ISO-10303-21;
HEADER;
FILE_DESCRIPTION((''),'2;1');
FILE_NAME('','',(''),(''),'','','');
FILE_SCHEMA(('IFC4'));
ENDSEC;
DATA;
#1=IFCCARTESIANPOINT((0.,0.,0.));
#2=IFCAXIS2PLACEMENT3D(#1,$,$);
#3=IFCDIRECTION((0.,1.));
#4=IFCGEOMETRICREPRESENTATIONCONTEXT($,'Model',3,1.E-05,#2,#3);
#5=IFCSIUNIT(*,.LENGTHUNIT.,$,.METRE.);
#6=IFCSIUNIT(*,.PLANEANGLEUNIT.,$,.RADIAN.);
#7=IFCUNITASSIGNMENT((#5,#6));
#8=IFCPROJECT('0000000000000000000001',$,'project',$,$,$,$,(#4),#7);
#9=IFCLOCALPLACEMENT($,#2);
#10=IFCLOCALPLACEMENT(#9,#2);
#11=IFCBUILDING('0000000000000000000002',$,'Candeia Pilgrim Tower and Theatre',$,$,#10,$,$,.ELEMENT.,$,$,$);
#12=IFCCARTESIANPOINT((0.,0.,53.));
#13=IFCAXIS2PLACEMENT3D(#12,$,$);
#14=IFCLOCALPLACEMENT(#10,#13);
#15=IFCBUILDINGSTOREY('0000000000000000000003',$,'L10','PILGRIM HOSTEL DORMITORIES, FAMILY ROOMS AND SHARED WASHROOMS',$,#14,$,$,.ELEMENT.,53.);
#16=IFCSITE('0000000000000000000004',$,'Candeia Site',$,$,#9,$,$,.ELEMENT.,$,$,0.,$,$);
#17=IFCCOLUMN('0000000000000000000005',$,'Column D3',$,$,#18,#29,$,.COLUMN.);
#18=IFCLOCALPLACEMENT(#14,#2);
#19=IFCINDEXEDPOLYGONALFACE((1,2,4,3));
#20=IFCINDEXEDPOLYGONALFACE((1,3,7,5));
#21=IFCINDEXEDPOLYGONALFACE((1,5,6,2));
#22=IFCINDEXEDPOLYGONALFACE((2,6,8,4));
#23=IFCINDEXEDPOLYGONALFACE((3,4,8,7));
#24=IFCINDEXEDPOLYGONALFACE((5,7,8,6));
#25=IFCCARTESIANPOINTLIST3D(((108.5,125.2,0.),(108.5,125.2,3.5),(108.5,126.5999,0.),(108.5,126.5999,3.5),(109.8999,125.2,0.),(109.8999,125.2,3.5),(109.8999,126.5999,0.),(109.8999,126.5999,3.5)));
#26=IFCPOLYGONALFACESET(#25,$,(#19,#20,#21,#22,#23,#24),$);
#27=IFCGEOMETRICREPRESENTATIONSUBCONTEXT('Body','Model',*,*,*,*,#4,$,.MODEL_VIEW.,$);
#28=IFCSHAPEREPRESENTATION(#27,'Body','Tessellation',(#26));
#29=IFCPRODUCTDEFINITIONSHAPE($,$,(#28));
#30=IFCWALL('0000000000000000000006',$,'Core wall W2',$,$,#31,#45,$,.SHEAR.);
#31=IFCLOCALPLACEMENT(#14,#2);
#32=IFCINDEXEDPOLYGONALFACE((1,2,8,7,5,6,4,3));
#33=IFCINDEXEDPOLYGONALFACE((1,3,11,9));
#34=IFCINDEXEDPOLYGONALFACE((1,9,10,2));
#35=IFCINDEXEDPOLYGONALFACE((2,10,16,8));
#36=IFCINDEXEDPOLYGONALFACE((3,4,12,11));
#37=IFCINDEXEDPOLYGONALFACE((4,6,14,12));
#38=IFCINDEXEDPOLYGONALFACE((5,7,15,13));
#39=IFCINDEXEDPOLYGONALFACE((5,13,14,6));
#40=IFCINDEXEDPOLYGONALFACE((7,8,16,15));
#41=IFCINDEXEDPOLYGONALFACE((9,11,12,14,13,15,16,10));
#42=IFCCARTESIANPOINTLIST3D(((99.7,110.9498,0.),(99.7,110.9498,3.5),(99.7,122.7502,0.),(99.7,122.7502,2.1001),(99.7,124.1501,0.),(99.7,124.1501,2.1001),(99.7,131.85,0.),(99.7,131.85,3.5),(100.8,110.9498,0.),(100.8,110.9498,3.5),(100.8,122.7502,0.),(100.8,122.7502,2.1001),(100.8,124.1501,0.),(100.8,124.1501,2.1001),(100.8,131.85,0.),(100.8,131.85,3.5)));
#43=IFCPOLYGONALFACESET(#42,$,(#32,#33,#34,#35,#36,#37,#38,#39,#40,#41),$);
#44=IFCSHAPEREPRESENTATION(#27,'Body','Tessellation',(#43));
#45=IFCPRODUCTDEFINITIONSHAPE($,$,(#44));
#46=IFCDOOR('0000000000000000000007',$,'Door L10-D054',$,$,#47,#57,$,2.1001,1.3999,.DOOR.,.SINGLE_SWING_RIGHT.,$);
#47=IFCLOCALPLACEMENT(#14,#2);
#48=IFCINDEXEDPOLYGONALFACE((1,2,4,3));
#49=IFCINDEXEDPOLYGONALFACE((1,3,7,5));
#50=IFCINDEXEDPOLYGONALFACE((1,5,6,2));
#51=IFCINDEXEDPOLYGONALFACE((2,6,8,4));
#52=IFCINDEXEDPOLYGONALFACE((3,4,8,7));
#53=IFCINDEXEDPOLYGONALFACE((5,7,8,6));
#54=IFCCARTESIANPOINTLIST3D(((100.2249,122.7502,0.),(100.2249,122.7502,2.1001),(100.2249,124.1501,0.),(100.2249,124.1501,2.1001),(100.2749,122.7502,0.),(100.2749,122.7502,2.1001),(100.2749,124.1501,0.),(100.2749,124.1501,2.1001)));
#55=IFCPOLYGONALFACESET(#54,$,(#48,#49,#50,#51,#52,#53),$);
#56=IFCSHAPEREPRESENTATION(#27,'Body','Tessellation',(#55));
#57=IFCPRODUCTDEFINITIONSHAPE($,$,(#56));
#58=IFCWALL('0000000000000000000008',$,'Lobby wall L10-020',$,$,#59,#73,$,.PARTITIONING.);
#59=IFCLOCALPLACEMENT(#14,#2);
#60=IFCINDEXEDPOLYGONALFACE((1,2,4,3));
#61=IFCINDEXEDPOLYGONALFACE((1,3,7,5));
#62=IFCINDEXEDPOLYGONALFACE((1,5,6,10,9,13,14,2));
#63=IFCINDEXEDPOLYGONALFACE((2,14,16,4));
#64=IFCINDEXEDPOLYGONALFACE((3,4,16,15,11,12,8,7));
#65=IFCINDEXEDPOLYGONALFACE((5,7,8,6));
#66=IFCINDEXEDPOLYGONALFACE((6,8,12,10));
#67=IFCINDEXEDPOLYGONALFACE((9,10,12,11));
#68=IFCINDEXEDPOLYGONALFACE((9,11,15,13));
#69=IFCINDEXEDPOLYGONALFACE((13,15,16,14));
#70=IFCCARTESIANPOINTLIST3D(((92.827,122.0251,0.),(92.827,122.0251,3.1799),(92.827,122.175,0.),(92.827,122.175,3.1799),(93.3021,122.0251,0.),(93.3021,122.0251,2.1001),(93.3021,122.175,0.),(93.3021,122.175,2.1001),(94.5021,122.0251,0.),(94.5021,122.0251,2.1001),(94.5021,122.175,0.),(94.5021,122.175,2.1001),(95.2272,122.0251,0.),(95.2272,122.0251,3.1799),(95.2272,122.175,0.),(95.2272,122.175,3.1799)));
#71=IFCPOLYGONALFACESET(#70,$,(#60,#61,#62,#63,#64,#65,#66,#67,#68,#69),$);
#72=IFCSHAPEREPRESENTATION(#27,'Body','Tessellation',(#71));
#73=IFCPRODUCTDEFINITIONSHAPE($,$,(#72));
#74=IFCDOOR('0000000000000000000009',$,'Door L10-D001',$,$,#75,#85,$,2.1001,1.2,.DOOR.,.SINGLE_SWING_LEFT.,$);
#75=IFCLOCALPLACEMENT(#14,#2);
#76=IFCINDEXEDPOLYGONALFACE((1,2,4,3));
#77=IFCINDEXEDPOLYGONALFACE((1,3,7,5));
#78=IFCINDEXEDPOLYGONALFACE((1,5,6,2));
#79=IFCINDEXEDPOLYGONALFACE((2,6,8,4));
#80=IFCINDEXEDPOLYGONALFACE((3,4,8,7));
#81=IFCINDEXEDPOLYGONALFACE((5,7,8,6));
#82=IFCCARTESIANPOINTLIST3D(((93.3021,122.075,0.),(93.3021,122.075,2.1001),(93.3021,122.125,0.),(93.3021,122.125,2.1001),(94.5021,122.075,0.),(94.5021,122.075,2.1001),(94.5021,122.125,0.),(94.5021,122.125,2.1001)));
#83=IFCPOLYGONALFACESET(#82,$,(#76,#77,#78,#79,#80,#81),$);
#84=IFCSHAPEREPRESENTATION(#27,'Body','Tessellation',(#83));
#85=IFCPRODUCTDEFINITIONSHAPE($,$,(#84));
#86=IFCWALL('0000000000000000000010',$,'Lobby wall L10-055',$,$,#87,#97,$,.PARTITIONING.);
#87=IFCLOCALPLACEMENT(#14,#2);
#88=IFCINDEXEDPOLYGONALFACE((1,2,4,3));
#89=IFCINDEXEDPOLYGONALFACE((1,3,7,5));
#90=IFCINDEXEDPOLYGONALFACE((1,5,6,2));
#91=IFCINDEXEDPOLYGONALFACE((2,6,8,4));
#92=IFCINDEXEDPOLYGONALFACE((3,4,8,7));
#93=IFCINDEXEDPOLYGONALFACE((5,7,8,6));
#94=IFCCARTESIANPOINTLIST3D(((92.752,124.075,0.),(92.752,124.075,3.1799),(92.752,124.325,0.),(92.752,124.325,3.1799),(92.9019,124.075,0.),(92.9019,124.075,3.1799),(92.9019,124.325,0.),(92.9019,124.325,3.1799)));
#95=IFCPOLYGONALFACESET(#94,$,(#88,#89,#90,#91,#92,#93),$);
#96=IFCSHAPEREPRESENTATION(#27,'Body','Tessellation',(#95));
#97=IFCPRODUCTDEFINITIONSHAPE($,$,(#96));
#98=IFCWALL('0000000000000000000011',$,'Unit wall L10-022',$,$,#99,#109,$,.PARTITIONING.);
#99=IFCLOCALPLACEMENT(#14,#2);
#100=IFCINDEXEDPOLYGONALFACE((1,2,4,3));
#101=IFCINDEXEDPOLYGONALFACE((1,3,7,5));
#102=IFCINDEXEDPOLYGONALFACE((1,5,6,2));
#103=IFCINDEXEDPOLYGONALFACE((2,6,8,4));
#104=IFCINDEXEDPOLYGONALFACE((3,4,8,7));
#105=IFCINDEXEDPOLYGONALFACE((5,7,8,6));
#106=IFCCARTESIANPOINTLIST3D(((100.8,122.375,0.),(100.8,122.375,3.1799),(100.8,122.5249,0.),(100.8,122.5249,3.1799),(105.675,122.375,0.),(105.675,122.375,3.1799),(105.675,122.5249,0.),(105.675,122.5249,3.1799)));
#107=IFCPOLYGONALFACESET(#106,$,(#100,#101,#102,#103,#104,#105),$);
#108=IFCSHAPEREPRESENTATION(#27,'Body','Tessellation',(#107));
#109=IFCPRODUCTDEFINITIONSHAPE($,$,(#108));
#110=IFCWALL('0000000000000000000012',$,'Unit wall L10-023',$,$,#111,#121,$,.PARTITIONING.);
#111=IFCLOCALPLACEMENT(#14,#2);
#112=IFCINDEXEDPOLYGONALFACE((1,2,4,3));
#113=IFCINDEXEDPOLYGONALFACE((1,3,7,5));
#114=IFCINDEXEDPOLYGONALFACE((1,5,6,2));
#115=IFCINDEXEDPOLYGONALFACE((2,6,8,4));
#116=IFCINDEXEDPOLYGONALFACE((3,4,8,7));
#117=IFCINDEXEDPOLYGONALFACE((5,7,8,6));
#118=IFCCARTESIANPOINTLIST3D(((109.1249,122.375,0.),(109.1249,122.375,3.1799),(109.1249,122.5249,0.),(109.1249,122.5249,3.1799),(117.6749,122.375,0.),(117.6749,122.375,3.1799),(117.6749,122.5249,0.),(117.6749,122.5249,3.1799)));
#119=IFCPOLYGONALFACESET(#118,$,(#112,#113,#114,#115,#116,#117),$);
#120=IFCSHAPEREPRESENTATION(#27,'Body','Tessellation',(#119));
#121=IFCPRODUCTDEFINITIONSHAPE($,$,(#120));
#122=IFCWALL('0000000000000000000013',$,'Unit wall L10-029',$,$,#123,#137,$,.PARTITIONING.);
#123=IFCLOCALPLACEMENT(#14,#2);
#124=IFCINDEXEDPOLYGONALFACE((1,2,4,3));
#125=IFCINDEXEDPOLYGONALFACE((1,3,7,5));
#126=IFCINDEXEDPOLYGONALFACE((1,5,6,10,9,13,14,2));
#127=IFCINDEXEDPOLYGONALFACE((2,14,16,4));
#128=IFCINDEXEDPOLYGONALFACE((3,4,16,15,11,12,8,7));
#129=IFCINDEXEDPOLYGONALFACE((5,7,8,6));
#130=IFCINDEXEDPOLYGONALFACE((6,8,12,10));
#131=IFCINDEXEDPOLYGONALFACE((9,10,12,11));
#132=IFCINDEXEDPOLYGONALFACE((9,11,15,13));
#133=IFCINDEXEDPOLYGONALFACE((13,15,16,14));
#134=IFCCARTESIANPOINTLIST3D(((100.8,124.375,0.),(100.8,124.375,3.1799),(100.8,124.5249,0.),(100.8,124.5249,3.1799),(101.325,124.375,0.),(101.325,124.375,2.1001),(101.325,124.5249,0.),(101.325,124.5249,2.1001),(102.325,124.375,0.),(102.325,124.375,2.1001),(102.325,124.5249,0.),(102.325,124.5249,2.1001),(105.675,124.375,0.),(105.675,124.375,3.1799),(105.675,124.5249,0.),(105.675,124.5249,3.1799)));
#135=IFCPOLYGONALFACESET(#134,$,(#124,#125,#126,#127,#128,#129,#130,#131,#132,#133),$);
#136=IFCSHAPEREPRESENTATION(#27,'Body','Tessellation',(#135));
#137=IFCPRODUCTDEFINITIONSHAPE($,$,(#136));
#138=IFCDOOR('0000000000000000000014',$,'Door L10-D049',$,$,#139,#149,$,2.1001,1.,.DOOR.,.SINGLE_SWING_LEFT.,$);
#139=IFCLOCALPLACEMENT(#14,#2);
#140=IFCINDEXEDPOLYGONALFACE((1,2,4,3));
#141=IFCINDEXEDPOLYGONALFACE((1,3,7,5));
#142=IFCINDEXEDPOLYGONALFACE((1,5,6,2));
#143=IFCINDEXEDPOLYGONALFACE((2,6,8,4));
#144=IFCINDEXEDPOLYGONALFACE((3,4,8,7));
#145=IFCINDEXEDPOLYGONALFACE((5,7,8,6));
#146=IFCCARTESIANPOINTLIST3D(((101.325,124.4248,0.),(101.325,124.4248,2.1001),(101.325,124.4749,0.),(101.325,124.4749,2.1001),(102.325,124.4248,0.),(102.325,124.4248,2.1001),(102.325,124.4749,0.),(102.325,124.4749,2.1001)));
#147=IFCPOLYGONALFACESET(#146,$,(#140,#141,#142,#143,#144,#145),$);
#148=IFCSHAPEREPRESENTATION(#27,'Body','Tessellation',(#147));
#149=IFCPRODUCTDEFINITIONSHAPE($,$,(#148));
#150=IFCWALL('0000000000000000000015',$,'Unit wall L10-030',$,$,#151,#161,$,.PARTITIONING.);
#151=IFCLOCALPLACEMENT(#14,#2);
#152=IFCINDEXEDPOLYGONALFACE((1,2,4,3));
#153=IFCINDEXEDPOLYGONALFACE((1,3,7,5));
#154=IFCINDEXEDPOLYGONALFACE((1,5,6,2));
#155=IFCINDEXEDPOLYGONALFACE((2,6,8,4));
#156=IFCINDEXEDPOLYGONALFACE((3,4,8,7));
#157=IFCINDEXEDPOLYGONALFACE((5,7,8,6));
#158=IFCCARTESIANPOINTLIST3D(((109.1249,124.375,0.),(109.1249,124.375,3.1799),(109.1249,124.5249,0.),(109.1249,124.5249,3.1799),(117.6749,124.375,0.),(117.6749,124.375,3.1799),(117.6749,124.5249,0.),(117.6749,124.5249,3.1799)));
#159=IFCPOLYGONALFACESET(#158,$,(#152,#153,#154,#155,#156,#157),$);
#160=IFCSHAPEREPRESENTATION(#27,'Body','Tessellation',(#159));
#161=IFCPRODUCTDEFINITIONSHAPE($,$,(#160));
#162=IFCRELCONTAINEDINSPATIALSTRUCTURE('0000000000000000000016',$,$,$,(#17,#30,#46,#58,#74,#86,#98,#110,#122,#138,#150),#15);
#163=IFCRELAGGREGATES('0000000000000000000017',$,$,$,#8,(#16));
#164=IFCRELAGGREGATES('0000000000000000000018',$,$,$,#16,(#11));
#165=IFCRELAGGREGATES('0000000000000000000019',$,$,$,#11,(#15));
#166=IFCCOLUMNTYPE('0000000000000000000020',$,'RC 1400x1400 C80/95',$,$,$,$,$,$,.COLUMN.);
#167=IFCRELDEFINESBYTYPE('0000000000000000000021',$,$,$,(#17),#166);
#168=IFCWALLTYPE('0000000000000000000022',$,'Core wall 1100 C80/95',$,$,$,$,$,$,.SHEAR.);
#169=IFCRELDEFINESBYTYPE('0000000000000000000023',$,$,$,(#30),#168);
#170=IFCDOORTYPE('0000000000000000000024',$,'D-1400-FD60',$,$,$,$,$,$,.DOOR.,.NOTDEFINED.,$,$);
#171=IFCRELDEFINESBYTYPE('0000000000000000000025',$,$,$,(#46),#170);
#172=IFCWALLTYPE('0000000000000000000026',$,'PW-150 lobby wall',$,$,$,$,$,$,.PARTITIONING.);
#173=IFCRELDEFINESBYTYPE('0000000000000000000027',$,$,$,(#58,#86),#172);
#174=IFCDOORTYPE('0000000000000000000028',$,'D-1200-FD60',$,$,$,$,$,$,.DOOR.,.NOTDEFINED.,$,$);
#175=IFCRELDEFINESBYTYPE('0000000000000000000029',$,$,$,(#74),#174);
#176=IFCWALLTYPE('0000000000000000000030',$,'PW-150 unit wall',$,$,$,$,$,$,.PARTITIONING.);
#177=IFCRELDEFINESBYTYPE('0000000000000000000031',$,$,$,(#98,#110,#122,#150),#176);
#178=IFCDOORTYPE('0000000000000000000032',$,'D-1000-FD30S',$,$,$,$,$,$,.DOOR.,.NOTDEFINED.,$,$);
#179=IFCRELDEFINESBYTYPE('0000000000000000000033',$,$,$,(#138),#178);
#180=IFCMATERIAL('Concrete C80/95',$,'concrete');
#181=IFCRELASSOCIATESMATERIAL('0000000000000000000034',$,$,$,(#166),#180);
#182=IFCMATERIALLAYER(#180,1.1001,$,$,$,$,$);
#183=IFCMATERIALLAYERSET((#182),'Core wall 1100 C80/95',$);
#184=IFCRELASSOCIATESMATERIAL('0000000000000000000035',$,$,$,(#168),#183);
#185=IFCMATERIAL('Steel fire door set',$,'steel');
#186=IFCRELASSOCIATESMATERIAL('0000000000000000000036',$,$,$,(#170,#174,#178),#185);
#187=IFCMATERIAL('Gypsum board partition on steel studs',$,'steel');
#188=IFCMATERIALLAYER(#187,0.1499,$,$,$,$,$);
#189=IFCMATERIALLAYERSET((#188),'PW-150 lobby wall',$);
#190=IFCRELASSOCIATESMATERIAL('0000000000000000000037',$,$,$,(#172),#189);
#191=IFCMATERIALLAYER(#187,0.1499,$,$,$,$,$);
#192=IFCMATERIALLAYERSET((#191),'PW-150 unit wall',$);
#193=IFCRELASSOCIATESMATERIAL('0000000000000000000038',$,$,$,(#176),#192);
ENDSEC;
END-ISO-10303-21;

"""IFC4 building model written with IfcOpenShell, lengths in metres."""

from ifc_helpers import new_model, si_unit, direction, frame, frame_2d, origin, origin_2d, place, context, subcontext, project, spatial, rectangle, extrude, material, layer, layer_set, material_profile, profile_set, type_object, element, fill, save


model = new_model("IFC4")

# Units and contexts
model_context = context("Model", 3, precision=1e-05, world=origin(), true_north=direction((0.0, 1.0)))
body_context = subcontext(model_context, "Body", "Model", "MODEL_VIEW")
ifc_project = project(units=[si_unit("LENGTHUNIT", "METRE"), si_unit("PLANEANGLEUNIT", "RADIAN")], contexts=[model_context])

# Site, building, storey
site_placement = place(None, origin())
site = spatial("IfcSite", under=ifc_project, at=site_placement, Name="Candeia Site", CompositionType="ELEMENT", RefElevation=0.0)
building_placement = place(site_placement, origin())
building = spatial("IfcBuilding", under=site, at=building_placement, Name="Candeia Pilgrim Tower and Theatre", CompositionType="ELEMENT")
storey_placement = place(building_placement, frame((0.0, 0.0, 53.0)))
storey = spatial("IfcBuildingStorey", under=building, at=storey_placement, Name="L10", Description="PILGRIM HOSTEL DORMITORIES, FAMILY ROOMS AND SHARED WASHROOMS", CompositionType="ELEMENT", Elevation=53.0)

# Column
ifc_material_1 = material(Name="Concrete C80/95", Category="concrete")
ifc_material_profile = material_profile(ifc_material_1, rectangle(XDim=1.3999, YDim=1.3999, at=origin_2d()))
ifc_profile_set = profile_set([ifc_material_profile], Name="Concrete C80/95")
column_type = type_object("IfcColumnType", Name="RC 1400x1400 C80/95", PredefinedType="COLUMN", material=ifc_profile_set)
column_placement = place(storey_placement, frame((109.2, 125.8999, 0.0), z_axis=(0.0, 0.0, 1.0), x_axis=(1.0, 0.0, 0.0)))
element("IfcColumn", 1, at=column_placement, inside=storey, type_object=column_type, Name="Column D3", PredefinedType="COLUMN", context=body_context, shape_type="SweptSolid", body=[
    extrude(rectangle(XDim=1.3999, YDim=1.3999, at=origin_2d()), origin(), (0.0, 0.0, 1.0), 3.5),
])

# Walls, openings, doors
ifc_layer_1 = layer(ifc_material_1, 1.1001)
ifc_layer_set_1 = layer_set([ifc_layer_1], Name="Core wall 1100 C80/95")
wall_type_1 = type_object("IfcWallType", Name="Core wall 1100 C80/95", PredefinedType="SHEAR", material=ifc_layer_set_1)
wall_1_placement = place(storey_placement, frame((100.25, 131.8501, 0.0), z_axis=(0.0, 0.0, 1.0), x_axis=(0.0, -1.0, 0.0)))
wall_1 = element("IfcWall", 2, at=wall_1_placement, inside=storey, type_object=wall_type_1, Name="Core wall W2", PredefinedType="SHEAR", context=body_context, shape_type="SweptSolid", body=[
    extrude(rectangle(XDim=20.9001, YDim=1.1001, at=frame_2d((10.4502, 0.0))), origin(), (0.0, 0.0, 1.0), 3.5),
])
opening_1_placement = place(wall_1_placement, frame((7.7, 0.0, 0.0)))
opening_1 = element("IfcOpeningElement", 3, at=opening_1_placement, cuts=wall_1, PredefinedType="OPENING", context=body_context, shape_type="SweptSolid", body=[
    extrude(rectangle(XDim=1.3999, YDim=2.1001, at=frame_2d((0.7, 1.05))), frame((0.0, 0.5601, 0.0), z_axis=(0.0, -1.0, 0.0), x_axis=(1.0, 0.0, 0.0)), (0.0, 0.0, 1.0), 1.1201),
])
ifc_material_2 = material(Name="Steel fire door set", Category="steel")
door_type_1 = type_object("IfcDoorType", Name="D-1400-FD60", OperationType="NOTDEFINED", PredefinedType="DOOR", material=ifc_material_2)
door_1_placement = place(opening_1_placement, origin())
door_1 = element("IfcDoor", 4, at=door_1_placement, inside=storey, type_object=door_type_1, Name="Door L10-D054", OperationType="SINGLE_SWING_RIGHT", OverallHeight=2.1001, OverallWidth=1.3999, PredefinedType="DOOR", context=body_context, shape_type="SweptSolid", body=[
    extrude(rectangle(XDim=1.3999, YDim=2.1001, at=frame_2d((0.7, 1.05))), frame((0.0, 0.0249, 0.0), z_axis=(0.0, -1.0, 0.0), x_axis=(1.0, 0.0, 0.0)), (0.0, 0.0, 1.0), 0.05),
])
fill(opening_1, door_1)
ifc_material_3 = material(Name="Gypsum board partition on steel studs", Category="steel")
ifc_layer_2 = layer(ifc_material_3, 0.1499)
ifc_layer_set_2 = layer_set([ifc_layer_2], Name="PW-150 lobby wall")
wall_type_2 = type_object("IfcWallType", Name="PW-150 lobby wall", PredefinedType="PARTITIONING", material=ifc_layer_set_2)
wall_2_placement = place(storey_placement, frame((92.8269, 122.1001, 0.0), z_axis=(0.0, 0.0, 1.0), x_axis=(1.0, 0.0, 0.0)))
wall_2 = element("IfcWall", 5, at=wall_2_placement, inside=storey, type_object=wall_type_2, Name="Lobby wall L10-020", PredefinedType="PARTITIONING", context=body_context, shape_type="SweptSolid", body=[
    extrude(rectangle(XDim=2.4001, YDim=0.1499, at=frame_2d((1.2002, 0.0))), origin(), (0.0, 0.0, 1.0), 3.1799),
])
opening_2_placement = place(wall_2_placement, frame((0.4751, 0.0, 0.0)))
opening_2 = element("IfcOpeningElement", 6, at=opening_2_placement, cuts=wall_2, PredefinedType="OPENING", context=body_context, shape_type="SweptSolid", body=[
    extrude(rectangle(XDim=1.2, YDim=2.1001, at=frame_2d((0.6001, 1.05))), frame((0.0, 0.085, 0.0), z_axis=(0.0, -1.0, 0.0), x_axis=(1.0, 0.0, 0.0)), (0.0, 0.0, 1.0), 0.1699),
])
door_type_2 = type_object("IfcDoorType", Name="D-1200-FD60", OperationType="NOTDEFINED", PredefinedType="DOOR", material=ifc_material_2)
door_2_placement = place(opening_2_placement, origin())
door_2 = element("IfcDoor", 7, at=door_2_placement, inside=storey, type_object=door_type_2, Name="Door L10-D001", OperationType="SINGLE_SWING_LEFT", OverallHeight=2.1001, OverallWidth=1.2, PredefinedType="DOOR", context=body_context, shape_type="SweptSolid", body=[
    extrude(rectangle(XDim=1.2, YDim=2.1001, at=frame_2d((0.6001, 1.05))), frame((0.0, 0.0249, 0.0), z_axis=(0.0, -1.0, 0.0), x_axis=(1.0, 0.0, 0.0)), (0.0, 0.0, 1.0), 0.05),
])
fill(opening_2, door_2)

# Walls
wall_3_placement = place(storey_placement, frame((92.8269, 124.075, 0.0), z_axis=(0.0, 0.0, 1.0), x_axis=(0.0, 1.0, 0.0)))
element("IfcWall", 8, at=wall_3_placement, inside=storey, type_object=wall_type_2, Name="Lobby wall L10-055", PredefinedType="PARTITIONING", context=body_context, shape_type="SweptSolid", body=[
    extrude(rectangle(XDim=0.25, YDim=0.1499, at=frame_2d((0.125, 0.0))), origin(), (0.0, 0.0, 1.0), 3.1799),
])
ifc_layer_3 = layer(ifc_material_3, 0.1499)
ifc_layer_set_3 = layer_set([ifc_layer_3], Name="PW-150 unit wall")
wall_type_3 = type_object("IfcWallType", Name="PW-150 unit wall", PredefinedType="PARTITIONING", material=ifc_layer_set_3)
wall_4_placement = place(storey_placement, frame((100.8, 122.45, 0.0), z_axis=(0.0, 0.0, 1.0), x_axis=(1.0, 0.0, 0.0)))
element("IfcWall", 9, at=wall_4_placement, inside=storey, type_object=wall_type_3, Name="Unit wall L10-022", PredefinedType="PARTITIONING", context=body_context, shape_type="SweptSolid", body=[
    extrude(rectangle(XDim=4.875, YDim=0.1499, at=frame_2d((2.4375, 0.0))), origin(), (0.0, 0.0, 1.0), 3.1799),
])
wall_5_placement = place(storey_placement, frame((109.125, 122.45, 0.0), z_axis=(0.0, 0.0, 1.0), x_axis=(1.0, 0.0, 0.0)))
element("IfcWall", 10, at=wall_5_placement, inside=storey, type_object=wall_type_3, Name="Unit wall L10-023", PredefinedType="PARTITIONING", context=body_context, shape_type="SweptSolid", body=[
    extrude(rectangle(XDim=8.55, YDim=0.1499, at=frame_2d((4.2749, 0.0))), origin(), (0.0, 0.0, 1.0), 3.1799),
])

# Wall, opening, door
wall_6_placement = place(storey_placement, frame((100.8, 124.45, 0.0), z_axis=(0.0, 0.0, 1.0), x_axis=(1.0, 0.0, 0.0)))
wall_6 = element("IfcWall", 11, at=wall_6_placement, inside=storey, type_object=wall_type_3, Name="Unit wall L10-029", PredefinedType="PARTITIONING", context=body_context, shape_type="SweptSolid", body=[
    extrude(rectangle(XDim=4.875, YDim=0.1499, at=frame_2d((2.4375, 0.0))), origin(), (0.0, 0.0, 1.0), 3.1799),
])
opening_3_placement = place(wall_6_placement, frame((0.5249, 0.0, 0.0)))
opening_3 = element("IfcOpeningElement", 12, at=opening_3_placement, cuts=wall_6, PredefinedType="OPENING", context=body_context, shape_type="SweptSolid", body=[
    extrude(rectangle(XDim=1.0, YDim=2.1001, at=frame_2d((0.5, 1.05))), frame((0.0, 0.085, 0.0), z_axis=(0.0, -1.0, 0.0), x_axis=(1.0, 0.0, 0.0)), (0.0, 0.0, 1.0), 0.1699),
])
door_type_3 = type_object("IfcDoorType", Name="D-1000-FD30S", OperationType="NOTDEFINED", PredefinedType="DOOR", material=ifc_material_2)
door_3_placement = place(opening_3_placement, origin())
door_3 = element("IfcDoor", 13, at=door_3_placement, inside=storey, type_object=door_type_3, Name="Door L10-D049", OperationType="SINGLE_SWING_LEFT", OverallHeight=2.1001, OverallWidth=1.0, PredefinedType="DOOR", context=body_context, shape_type="SweptSolid", body=[
    extrude(rectangle(XDim=1.0, YDim=2.1001, at=frame_2d((0.5, 1.05))), frame((0.0, 0.0249, 0.0), z_axis=(0.0, -1.0, 0.0), x_axis=(1.0, 0.0, 0.0)), (0.0, 0.0, 1.0), 0.05),
])
fill(opening_3, door_3)

# Wall
wall_7_placement = place(storey_placement, frame((109.125, 124.45, 0.0), z_axis=(0.0, 0.0, 1.0), x_axis=(1.0, 0.0, 0.0)))
element("IfcWall", 14, at=wall_7_placement, inside=storey, type_object=wall_type_3, Name="Unit wall L10-030", PredefinedType="PARTITIONING", context=body_context, shape_type="SweptSolid", body=[
    extrude(rectangle(XDim=8.55, YDim=0.1499, at=frame_2d((4.2749, 0.0))), origin(), (0.0, 0.0, 1.0), 3.1799),
])

save(model, "model.ifc")
